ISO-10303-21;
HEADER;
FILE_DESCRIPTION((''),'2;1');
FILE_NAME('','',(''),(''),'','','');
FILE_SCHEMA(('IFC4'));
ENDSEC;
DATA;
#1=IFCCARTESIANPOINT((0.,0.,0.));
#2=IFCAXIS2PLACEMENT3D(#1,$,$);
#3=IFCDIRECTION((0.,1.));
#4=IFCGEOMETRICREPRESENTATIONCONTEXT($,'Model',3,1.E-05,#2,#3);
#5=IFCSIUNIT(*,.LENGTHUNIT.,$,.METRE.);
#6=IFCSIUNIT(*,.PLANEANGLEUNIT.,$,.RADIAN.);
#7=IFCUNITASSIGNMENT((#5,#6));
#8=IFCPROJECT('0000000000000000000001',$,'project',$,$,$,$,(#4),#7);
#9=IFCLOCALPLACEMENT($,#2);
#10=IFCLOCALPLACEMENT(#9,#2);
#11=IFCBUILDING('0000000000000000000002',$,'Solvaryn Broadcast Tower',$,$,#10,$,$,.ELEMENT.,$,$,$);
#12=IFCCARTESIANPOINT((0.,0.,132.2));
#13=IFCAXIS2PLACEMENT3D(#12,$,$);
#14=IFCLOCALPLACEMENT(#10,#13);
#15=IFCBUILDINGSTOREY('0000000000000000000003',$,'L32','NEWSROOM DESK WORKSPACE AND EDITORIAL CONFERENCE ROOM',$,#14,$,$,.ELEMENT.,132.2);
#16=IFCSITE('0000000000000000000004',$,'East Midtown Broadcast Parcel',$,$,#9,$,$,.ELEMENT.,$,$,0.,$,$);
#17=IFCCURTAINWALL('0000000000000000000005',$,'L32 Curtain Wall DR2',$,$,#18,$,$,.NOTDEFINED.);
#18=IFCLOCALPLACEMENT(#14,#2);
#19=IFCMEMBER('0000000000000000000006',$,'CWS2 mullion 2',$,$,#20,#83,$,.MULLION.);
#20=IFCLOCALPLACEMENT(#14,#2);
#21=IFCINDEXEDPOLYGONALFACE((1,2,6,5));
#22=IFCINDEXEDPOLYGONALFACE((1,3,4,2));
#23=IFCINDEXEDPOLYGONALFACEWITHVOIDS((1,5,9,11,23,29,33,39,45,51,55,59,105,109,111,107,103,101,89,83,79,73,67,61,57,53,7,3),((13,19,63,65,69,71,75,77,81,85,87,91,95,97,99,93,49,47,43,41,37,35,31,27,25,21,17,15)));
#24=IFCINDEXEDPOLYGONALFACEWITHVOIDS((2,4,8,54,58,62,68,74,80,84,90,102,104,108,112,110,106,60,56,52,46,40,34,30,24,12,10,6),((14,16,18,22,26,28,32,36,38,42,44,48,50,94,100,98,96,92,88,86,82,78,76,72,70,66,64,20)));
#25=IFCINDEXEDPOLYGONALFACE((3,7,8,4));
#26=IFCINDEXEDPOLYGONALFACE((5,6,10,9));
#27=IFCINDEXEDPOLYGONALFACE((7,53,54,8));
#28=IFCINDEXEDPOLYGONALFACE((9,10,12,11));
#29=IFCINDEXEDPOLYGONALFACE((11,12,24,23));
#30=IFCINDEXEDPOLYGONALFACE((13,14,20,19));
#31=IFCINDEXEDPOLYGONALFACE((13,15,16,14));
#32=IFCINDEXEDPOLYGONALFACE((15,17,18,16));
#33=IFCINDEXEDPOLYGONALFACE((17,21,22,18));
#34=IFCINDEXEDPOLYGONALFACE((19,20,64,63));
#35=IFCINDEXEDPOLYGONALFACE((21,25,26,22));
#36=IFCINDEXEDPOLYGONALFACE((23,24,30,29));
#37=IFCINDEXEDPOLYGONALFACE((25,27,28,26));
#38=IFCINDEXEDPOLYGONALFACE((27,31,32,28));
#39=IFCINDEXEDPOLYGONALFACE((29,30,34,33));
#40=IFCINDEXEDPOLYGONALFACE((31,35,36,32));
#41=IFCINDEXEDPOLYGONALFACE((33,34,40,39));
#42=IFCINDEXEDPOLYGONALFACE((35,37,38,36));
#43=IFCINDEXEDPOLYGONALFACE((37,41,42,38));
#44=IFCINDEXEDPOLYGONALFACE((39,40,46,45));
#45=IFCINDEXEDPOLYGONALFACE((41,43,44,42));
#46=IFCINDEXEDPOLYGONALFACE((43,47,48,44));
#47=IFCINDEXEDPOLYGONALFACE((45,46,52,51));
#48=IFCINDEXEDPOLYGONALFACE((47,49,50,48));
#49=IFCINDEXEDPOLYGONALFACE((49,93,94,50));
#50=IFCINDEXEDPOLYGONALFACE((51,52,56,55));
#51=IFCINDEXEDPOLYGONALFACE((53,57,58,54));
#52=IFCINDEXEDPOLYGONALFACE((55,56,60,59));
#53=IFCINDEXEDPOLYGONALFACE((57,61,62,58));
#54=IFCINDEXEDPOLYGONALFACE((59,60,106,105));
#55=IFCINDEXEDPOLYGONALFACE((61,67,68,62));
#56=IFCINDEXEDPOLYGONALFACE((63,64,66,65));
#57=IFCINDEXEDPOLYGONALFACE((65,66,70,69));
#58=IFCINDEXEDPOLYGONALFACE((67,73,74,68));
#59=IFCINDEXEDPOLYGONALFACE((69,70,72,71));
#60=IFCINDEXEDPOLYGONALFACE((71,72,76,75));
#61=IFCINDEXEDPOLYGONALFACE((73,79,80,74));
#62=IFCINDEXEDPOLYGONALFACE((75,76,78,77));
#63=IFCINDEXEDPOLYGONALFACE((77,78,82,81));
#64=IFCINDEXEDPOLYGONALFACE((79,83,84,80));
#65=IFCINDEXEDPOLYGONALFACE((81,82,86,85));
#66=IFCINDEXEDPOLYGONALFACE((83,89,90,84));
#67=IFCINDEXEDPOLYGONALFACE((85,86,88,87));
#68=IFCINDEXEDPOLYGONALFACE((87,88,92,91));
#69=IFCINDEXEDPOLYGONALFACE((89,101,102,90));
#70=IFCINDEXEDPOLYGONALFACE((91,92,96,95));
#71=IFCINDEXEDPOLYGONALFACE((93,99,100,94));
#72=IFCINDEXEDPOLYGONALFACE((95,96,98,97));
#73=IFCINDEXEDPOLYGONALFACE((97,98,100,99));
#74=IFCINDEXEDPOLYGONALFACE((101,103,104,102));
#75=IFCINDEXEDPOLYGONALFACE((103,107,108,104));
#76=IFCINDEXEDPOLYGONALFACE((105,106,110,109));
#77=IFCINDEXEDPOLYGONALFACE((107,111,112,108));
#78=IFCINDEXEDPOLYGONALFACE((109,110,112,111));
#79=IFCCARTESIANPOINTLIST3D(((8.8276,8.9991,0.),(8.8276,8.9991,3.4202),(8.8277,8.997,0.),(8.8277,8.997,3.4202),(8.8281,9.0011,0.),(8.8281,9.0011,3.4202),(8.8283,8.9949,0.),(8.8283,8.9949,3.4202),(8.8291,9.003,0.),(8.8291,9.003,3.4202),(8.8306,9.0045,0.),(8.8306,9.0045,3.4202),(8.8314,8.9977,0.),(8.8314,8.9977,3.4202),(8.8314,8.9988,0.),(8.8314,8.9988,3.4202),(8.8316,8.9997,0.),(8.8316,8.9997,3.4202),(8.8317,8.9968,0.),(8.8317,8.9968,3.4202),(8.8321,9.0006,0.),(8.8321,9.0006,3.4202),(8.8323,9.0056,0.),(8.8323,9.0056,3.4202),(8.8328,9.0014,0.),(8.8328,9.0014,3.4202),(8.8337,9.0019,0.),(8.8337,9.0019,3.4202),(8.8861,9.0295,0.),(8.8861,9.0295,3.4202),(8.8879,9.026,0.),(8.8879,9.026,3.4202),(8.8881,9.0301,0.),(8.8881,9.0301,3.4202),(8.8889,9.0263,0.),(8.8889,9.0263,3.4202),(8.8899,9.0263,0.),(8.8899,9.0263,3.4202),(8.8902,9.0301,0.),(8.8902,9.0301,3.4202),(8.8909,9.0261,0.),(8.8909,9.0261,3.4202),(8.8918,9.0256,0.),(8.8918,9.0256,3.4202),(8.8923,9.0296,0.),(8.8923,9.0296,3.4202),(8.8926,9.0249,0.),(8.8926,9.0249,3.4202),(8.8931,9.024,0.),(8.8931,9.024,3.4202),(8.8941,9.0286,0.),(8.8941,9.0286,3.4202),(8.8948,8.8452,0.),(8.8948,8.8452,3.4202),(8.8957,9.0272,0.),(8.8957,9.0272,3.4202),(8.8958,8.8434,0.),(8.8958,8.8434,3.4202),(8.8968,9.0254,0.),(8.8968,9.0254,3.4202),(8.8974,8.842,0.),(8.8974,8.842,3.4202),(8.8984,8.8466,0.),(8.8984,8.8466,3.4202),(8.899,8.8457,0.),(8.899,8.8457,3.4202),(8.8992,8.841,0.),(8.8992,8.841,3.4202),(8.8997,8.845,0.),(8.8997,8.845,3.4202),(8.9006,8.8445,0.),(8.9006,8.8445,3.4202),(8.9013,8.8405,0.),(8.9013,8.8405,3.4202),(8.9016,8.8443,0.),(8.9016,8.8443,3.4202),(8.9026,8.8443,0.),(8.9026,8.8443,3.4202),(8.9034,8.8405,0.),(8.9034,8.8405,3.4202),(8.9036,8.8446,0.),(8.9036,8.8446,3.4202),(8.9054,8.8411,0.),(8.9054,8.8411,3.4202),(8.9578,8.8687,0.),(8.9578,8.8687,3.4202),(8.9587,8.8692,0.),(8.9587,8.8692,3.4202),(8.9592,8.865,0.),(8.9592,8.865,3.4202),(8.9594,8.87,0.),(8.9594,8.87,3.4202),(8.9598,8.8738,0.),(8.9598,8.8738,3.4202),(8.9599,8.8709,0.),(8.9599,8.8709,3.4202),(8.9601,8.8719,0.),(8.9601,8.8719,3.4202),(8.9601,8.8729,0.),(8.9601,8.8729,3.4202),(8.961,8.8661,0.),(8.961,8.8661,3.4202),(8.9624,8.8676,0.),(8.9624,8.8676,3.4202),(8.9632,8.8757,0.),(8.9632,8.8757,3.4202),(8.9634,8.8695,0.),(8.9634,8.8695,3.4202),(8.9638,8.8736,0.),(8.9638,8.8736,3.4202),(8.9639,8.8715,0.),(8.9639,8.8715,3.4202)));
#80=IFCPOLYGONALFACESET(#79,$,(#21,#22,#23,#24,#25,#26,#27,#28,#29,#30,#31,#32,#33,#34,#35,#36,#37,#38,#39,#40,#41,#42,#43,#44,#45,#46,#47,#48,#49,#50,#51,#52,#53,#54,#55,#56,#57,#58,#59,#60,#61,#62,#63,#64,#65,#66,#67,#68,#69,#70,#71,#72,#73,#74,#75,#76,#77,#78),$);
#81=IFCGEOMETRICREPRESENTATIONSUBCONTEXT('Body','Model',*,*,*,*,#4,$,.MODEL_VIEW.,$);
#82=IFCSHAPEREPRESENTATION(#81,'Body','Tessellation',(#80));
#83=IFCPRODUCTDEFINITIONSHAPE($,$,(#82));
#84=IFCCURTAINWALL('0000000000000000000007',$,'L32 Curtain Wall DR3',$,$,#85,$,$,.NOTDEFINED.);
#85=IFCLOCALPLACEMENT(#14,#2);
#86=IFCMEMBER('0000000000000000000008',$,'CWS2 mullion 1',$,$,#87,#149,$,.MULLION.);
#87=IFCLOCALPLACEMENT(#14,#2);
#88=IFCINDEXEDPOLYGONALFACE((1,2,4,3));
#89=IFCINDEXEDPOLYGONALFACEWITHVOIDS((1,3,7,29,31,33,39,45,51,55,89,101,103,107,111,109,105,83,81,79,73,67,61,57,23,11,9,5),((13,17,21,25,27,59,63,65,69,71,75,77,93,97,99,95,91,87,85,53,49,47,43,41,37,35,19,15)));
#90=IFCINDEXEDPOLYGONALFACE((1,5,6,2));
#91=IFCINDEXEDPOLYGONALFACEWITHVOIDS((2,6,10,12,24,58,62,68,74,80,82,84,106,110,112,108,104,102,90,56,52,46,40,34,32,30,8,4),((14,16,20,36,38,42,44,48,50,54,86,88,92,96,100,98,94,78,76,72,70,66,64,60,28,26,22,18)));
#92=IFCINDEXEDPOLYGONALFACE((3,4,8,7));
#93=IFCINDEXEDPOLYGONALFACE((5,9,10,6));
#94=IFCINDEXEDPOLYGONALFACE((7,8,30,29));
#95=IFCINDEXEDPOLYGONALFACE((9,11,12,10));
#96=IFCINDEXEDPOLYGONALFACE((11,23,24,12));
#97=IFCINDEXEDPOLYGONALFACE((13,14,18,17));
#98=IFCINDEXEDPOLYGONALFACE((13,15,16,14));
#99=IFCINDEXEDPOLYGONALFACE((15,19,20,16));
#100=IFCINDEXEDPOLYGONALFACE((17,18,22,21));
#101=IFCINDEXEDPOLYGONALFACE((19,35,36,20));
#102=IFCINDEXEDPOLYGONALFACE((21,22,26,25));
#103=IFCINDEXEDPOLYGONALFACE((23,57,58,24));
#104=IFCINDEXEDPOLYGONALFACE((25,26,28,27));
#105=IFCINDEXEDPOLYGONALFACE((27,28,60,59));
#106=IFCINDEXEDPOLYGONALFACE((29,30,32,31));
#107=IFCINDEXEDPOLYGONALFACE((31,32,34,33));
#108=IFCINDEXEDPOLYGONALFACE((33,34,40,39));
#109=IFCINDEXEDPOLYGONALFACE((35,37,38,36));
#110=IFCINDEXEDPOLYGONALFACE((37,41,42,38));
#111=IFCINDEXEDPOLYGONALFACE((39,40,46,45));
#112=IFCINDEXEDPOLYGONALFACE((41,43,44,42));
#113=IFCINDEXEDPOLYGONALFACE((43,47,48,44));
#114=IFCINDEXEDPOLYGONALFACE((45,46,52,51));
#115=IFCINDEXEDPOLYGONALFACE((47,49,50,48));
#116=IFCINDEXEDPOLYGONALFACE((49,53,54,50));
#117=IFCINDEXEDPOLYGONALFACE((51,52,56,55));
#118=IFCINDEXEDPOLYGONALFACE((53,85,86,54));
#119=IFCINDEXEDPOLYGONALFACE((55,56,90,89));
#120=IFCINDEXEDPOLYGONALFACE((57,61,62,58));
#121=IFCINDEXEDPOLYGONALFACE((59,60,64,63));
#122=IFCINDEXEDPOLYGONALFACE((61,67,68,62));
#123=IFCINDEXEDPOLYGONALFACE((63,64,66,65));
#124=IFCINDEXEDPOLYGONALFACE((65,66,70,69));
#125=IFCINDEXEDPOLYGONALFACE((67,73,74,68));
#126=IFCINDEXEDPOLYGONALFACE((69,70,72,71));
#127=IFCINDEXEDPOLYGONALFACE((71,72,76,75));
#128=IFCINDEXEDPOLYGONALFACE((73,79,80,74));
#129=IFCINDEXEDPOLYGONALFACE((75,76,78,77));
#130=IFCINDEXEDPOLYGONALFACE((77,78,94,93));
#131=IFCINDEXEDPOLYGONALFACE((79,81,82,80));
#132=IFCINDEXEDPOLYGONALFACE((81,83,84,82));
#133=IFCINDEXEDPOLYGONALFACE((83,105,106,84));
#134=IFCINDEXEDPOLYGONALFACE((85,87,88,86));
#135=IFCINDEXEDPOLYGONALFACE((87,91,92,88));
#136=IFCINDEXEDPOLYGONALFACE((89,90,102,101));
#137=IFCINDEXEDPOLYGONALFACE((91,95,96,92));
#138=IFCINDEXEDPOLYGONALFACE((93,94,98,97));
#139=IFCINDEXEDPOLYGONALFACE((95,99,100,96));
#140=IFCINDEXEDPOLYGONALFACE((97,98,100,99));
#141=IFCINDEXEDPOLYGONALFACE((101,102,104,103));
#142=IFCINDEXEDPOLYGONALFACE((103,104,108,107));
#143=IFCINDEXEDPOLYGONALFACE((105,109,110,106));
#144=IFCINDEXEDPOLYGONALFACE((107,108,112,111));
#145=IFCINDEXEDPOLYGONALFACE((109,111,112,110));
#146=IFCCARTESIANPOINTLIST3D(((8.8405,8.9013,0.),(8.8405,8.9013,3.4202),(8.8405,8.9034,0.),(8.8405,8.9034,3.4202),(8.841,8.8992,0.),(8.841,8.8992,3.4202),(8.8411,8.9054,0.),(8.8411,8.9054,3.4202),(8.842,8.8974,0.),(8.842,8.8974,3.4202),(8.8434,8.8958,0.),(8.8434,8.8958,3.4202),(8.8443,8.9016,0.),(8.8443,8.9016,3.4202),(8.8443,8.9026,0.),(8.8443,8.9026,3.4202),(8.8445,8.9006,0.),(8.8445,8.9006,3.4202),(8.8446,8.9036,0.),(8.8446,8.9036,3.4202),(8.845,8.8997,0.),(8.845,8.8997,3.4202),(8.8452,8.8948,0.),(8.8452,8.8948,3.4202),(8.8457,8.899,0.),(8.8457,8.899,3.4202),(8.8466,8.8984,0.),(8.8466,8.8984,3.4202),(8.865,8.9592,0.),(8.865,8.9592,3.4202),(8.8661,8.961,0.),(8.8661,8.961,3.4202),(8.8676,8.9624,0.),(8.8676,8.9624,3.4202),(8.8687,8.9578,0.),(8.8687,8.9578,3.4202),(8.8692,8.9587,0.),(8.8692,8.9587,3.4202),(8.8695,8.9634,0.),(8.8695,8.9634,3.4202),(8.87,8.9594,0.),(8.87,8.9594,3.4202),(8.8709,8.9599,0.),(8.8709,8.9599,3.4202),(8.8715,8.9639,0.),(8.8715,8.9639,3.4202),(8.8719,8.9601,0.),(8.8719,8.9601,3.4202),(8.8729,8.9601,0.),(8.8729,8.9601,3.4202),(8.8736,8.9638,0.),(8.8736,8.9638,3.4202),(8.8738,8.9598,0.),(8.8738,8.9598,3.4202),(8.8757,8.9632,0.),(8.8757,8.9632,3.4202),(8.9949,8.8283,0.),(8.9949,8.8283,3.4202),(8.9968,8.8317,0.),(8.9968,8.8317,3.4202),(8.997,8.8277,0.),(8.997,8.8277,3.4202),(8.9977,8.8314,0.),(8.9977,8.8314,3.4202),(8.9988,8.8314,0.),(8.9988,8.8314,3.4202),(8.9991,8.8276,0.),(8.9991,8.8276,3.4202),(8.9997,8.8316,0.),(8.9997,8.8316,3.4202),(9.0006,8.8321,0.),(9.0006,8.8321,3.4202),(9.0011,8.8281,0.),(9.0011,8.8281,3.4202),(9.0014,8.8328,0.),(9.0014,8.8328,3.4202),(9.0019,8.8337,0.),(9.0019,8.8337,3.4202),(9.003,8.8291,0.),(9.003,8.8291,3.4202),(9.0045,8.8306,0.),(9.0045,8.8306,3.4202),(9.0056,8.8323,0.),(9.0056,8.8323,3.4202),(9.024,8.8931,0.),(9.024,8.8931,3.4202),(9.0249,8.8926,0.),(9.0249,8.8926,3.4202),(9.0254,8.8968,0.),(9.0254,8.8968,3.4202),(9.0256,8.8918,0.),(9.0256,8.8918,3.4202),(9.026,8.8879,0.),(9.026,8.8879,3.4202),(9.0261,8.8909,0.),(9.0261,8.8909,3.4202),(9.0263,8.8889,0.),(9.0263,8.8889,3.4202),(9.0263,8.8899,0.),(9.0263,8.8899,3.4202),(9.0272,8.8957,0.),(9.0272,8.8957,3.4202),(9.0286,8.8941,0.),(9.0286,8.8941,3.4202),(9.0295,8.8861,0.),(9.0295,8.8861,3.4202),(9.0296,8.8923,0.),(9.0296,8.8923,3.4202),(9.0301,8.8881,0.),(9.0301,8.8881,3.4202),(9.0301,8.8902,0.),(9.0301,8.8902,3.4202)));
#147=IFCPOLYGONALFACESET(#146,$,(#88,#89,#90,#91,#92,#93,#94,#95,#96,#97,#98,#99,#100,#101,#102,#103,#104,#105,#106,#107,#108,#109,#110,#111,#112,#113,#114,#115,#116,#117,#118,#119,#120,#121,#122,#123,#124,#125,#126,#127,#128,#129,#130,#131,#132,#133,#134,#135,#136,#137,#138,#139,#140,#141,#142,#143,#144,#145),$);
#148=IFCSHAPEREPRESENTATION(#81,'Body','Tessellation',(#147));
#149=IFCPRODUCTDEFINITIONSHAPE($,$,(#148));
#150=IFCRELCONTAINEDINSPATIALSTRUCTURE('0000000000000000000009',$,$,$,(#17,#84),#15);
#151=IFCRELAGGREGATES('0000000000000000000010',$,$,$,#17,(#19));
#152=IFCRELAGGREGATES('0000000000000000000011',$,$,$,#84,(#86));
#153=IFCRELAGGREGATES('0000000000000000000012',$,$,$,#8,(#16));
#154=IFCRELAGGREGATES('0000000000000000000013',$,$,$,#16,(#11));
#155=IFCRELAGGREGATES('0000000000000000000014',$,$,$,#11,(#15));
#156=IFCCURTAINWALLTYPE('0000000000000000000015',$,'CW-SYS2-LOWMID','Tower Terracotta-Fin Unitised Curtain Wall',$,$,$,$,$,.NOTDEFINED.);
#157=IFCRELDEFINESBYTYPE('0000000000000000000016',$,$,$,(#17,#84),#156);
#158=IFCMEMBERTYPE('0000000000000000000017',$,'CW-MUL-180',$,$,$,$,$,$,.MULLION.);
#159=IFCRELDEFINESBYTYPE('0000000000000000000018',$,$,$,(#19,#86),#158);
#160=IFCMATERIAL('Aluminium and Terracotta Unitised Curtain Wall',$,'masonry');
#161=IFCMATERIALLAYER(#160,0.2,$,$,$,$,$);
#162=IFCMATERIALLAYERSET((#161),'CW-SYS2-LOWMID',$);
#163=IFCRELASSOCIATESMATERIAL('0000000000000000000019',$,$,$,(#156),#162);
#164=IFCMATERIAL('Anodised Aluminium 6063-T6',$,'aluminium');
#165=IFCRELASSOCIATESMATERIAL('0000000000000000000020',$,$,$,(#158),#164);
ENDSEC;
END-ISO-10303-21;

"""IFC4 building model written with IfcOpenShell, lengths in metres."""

from ifc_helpers import new_model, si_unit, direction, frame, origin, origin_2d, place, context, subcontext, project, spatial, hollow_rectangle, extrude, material, layer, layer_set, material_profile, profile_set, type_object, element, aggregate, save


model = new_model("IFC4")

# Units and contexts
model_context = context("Model", 3, precision=1e-05, world=origin(), true_north=direction((0.0, 1.0)))
body_context = subcontext(model_context, "Body", "Model", "MODEL_VIEW")
ifc_project = project(units=[si_unit("LENGTHUNIT", "METRE"), si_unit("PLANEANGLEUNIT", "RADIAN")], contexts=[model_context])

# Site, building, storey
site_placement = place(None, origin())
site = spatial("IfcSite", under=ifc_project, at=site_placement, Name="East Midtown Broadcast Parcel", CompositionType="ELEMENT", RefElevation=0.0)
building_placement = place(site_placement, origin())
building = spatial("IfcBuilding", under=site, at=building_placement, Name="Solvaryn Broadcast Tower", CompositionType="ELEMENT")
storey_placement = place(building_placement, frame((0.0, 0.0, 132.2)))
storey = spatial("IfcBuildingStorey", under=building, at=storey_placement, Name="L32", Description="NEWSROOM DESK WORKSPACE AND EDITORIAL CONFERENCE ROOM", CompositionType="ELEMENT", Elevation=132.2)

# Curtain wall, member
ifc_material_1 = material(Name="Aluminium and Terracotta Unitised Curtain Wall", Category="masonry")
ifc_layer_1 = layer(ifc_material_1, 0.2)
ifc_layer_set_1 = layer_set([ifc_layer_1], Name="CW-SYS2-LOWMID")
curtain_wall_type = type_object("IfcCurtainWallType", Name="CW-SYS2-LOWMID", Description="Tower Terracotta-Fin Unitised Curtain Wall", PredefinedType="NOTDEFINED", material=ifc_layer_set_1)
curtain_wall_1_placement = place(storey_placement, origin())
curtain_wall_1 = element("IfcCurtainWall", 1, at=curtain_wall_1_placement, inside=storey, type_object=curtain_wall_type, Name="L32 Curtain Wall DR2", PredefinedType="NOTDEFINED")
ifc_material_2 = material(Name="Anodised Aluminium 6063-T6", Category="aluminium")
ifc_material_profile_1 = material_profile(ifc_material_2, hollow_rectangle(XDim=0.075, YDim=0.1799, WallThickness=0.0039, InnerFilletRadius=0.0039, OuterFilletRadius=0.0081, at=origin_2d()))
ifc_profile_set_1 = profile_set([ifc_material_profile_1], Name="Anodised Aluminium 6063-T6")
member_type_1 = type_object("IfcMemberType", Name="CW-MUL-180", PredefinedType="MULLION", material=ifc_profile_set_1)
member_1_placement = place(storey_placement, frame((8.8958, 8.9353, 0.0), z_axis=(0.0, 0.0, 1.0), x_axis=(0.913909, 0.405918, 0.0)))
member_1 = element("IfcMember", 2, at=member_1_placement, type_object=member_type_1, Name="CWS2 mullion 2", PredefinedType="MULLION", context=body_context, shape_type="SweptSolid", body=[
    extrude(hollow_rectangle(XDim=0.075, YDim=0.1799, WallThickness=0.0039, InnerFilletRadius=0.0039, OuterFilletRadius=0.0081, at=origin_2d()), origin(), (0.0, 0.0, 1.0), 3.4202),
])
aggregate(curtain_wall_1, [member_1])

# Curtain wall, member
curtain_wall_2_placement = place(storey_placement, origin())
curtain_wall_2 = element("IfcCurtainWall", 3, at=curtain_wall_2_placement, inside=storey, type_object=curtain_wall_type, Name="L32 Curtain Wall DR3", PredefinedType="NOTDEFINED")
member_2_placement = place(storey_placement, frame((8.9353, 8.8958, 0.0), z_axis=(0.0, 0.0, 1.0), x_axis=(0.405918, 0.913909, 0.0)))
member_2 = element("IfcMember", 4, at=member_2_placement, type_object=member_type_1, Name="CWS2 mullion 1", PredefinedType="MULLION", context=body_context, shape_type="SweptSolid", body=[
    extrude(hollow_rectangle(XDim=0.075, YDim=0.1799, WallThickness=0.0039, InnerFilletRadius=0.0039, OuterFilletRadius=0.0081, at=origin_2d()), origin(), (0.0, 0.0, 1.0), 3.4202),
])
aggregate(curtain_wall_2, [member_2])

save(model, "model.ifc")
